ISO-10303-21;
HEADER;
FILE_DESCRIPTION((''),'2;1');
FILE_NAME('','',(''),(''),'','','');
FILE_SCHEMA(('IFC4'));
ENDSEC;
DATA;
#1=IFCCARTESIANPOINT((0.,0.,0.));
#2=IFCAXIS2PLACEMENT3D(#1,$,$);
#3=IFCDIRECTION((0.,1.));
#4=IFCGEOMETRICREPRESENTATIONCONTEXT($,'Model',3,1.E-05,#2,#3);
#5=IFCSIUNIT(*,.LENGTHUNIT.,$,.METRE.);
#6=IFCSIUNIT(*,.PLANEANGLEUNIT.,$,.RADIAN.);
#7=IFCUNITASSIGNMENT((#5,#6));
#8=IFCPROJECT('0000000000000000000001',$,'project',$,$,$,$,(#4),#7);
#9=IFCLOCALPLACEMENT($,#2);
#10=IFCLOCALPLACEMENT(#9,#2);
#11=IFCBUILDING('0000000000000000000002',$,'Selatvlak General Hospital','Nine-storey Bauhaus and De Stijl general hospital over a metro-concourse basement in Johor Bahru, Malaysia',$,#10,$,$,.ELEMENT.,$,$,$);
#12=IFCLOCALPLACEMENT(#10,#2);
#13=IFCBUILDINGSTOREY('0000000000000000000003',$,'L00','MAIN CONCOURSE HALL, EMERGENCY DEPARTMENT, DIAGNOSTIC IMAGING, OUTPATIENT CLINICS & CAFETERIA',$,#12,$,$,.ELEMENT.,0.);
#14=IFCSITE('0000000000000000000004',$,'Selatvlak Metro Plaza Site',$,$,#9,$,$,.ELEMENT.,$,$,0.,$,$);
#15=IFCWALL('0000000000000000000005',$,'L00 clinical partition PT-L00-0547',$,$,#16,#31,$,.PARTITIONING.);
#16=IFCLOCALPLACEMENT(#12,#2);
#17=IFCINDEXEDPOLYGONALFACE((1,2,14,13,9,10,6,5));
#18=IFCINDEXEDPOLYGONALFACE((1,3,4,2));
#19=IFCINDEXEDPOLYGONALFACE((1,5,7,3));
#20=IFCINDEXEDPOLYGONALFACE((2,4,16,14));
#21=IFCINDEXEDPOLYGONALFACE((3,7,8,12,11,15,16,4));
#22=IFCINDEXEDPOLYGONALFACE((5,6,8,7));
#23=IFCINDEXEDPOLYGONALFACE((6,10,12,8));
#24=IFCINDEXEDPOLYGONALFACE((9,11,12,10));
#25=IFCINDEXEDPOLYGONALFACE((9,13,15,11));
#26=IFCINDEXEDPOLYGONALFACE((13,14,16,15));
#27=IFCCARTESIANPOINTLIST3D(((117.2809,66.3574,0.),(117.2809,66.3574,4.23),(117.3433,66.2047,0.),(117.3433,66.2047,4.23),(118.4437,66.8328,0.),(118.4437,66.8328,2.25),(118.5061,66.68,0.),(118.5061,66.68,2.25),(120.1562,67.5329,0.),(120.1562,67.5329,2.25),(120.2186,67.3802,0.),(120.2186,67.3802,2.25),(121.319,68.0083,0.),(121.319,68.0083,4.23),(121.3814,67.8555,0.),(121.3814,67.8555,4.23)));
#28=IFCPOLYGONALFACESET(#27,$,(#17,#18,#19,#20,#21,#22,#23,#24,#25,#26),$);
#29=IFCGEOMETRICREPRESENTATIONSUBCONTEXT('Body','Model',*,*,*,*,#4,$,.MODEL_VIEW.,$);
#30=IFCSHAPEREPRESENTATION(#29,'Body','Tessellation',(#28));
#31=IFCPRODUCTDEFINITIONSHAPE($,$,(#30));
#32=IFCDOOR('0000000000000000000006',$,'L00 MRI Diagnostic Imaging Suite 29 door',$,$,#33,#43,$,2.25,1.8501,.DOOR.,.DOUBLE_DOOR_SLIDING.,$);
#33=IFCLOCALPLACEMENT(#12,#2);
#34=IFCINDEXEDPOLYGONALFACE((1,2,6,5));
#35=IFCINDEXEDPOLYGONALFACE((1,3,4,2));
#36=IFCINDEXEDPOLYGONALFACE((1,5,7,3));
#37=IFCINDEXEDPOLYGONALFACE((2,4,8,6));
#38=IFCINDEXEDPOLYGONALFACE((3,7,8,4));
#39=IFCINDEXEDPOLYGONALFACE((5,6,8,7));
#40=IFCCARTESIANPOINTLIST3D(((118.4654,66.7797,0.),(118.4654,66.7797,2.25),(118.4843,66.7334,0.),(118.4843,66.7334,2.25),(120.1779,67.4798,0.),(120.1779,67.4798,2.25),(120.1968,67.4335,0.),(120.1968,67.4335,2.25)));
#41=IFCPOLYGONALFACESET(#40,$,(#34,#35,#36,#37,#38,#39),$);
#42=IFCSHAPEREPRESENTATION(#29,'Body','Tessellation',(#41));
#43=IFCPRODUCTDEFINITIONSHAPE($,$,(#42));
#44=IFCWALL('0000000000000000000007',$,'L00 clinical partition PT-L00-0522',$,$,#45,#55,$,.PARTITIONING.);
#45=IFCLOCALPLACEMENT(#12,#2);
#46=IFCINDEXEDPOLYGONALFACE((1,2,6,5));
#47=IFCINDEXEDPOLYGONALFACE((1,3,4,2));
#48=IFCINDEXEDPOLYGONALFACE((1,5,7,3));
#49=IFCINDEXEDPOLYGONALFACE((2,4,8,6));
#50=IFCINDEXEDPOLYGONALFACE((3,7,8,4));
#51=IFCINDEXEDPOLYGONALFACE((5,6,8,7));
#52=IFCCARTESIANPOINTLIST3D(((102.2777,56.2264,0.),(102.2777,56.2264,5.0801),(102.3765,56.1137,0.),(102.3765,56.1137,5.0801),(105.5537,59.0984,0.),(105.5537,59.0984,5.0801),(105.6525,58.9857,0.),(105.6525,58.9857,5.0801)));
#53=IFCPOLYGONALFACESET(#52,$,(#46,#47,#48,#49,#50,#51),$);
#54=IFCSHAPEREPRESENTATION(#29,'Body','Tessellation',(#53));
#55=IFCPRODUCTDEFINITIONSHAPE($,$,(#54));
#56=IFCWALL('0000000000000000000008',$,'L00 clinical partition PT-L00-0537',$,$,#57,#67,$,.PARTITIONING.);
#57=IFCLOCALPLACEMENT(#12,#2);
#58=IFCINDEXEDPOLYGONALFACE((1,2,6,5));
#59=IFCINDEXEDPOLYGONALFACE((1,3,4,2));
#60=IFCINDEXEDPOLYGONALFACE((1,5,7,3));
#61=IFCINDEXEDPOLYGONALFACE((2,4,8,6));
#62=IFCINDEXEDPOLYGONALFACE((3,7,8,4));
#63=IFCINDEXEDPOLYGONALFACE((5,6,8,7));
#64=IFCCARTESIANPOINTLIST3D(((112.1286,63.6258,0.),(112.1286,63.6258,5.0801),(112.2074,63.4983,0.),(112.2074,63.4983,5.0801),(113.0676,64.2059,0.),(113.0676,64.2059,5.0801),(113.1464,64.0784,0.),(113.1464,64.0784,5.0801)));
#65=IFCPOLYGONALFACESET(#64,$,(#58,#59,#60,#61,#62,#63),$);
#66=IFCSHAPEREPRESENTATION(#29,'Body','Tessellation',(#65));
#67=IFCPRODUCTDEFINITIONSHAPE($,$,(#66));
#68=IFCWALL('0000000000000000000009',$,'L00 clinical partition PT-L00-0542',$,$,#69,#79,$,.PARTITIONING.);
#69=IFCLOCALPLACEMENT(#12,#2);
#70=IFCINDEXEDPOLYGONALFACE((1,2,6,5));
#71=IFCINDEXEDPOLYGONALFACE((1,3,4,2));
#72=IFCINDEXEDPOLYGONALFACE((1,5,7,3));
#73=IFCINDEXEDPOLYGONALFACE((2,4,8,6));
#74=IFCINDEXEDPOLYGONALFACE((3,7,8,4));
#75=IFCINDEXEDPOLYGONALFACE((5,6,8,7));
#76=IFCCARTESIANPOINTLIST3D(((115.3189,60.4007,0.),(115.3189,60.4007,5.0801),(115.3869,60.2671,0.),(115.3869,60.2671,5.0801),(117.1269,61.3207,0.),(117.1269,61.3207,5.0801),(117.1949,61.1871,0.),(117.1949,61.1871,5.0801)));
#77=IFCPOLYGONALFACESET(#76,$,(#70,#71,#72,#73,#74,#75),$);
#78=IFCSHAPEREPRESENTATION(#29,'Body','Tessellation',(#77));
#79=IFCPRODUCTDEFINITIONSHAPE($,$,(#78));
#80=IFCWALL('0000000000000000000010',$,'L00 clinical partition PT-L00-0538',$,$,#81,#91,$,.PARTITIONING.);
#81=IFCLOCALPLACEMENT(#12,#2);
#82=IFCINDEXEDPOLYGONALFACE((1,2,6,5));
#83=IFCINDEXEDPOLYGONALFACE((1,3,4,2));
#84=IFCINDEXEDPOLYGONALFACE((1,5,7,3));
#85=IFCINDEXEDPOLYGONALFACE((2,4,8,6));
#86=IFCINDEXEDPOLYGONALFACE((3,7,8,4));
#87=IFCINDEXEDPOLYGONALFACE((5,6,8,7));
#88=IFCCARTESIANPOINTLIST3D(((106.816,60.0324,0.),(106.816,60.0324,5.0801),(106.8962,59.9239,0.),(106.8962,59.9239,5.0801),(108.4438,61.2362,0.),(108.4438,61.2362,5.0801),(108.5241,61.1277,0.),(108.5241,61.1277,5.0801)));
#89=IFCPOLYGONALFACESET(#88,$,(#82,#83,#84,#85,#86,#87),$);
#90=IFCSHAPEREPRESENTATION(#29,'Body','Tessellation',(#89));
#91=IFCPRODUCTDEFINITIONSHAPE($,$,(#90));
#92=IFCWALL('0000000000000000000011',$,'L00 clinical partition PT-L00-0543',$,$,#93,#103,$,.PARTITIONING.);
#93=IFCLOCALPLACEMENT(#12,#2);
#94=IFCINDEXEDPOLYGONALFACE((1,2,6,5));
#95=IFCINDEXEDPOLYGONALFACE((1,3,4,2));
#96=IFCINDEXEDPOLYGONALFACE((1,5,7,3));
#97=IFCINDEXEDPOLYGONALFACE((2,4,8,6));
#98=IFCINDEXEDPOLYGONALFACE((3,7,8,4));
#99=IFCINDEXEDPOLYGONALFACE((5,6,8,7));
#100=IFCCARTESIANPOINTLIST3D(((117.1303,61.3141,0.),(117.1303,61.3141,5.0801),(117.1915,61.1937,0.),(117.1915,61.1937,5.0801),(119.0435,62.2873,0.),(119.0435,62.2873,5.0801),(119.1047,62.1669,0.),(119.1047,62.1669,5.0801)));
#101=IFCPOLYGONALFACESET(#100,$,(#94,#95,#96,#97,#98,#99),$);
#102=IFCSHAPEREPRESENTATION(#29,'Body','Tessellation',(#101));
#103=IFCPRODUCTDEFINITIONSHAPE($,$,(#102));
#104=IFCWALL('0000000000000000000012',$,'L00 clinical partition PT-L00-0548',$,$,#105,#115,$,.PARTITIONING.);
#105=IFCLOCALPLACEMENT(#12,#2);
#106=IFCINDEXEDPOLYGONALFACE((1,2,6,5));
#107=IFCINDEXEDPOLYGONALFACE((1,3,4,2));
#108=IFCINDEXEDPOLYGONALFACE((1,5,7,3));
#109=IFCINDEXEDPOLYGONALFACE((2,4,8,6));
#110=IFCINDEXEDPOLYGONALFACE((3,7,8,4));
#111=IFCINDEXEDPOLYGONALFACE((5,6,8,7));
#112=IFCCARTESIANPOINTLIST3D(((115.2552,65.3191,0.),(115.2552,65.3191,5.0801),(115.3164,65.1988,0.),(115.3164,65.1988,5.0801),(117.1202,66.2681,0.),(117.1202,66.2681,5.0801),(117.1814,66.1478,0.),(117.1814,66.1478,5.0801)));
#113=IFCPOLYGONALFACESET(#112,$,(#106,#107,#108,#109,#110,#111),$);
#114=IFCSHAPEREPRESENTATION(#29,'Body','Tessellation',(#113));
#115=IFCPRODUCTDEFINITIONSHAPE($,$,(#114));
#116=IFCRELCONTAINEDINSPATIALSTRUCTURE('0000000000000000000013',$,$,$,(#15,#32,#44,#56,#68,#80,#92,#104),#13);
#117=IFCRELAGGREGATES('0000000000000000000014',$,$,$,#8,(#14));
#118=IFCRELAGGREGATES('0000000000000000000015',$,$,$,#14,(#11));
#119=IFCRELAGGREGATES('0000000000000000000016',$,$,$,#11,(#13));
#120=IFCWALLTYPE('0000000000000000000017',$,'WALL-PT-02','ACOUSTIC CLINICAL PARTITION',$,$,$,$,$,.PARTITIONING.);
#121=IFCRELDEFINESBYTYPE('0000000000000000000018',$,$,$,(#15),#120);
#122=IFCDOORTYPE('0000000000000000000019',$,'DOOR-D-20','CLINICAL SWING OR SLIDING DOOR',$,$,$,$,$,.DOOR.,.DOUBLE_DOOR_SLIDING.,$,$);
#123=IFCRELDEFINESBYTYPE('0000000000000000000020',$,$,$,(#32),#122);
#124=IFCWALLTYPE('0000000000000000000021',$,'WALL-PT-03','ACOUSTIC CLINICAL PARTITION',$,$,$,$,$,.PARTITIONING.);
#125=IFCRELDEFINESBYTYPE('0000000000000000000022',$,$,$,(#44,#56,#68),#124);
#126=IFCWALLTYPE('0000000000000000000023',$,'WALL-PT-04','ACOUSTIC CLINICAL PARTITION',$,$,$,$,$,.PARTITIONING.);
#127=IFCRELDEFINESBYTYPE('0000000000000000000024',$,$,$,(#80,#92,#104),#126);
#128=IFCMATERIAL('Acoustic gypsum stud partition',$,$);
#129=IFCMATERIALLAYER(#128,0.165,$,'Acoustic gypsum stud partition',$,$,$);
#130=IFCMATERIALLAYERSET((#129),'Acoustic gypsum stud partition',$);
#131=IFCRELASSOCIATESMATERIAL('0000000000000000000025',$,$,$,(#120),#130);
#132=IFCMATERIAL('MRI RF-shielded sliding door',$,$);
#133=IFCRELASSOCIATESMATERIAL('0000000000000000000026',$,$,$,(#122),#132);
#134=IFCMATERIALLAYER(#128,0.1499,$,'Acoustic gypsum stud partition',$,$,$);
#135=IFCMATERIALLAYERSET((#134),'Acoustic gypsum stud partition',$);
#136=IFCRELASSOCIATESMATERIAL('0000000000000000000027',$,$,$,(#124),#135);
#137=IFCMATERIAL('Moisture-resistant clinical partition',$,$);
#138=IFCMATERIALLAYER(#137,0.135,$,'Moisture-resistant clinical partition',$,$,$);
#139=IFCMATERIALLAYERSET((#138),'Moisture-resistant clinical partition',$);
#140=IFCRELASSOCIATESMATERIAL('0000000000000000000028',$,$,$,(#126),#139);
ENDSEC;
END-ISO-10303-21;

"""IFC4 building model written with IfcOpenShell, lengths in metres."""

from ifc_helpers import new_model, si_unit, direction, frame, frame_2d, origin, place, context, subcontext, project, spatial, rectangle, extrude, material, layer, layer_set, type_object, element, fill, save


model = new_model("IFC4")

# Units and contexts
model_context = context("Model", 3, precision=1e-05, world=origin(), true_north=direction((0.0, 1.0)))
body_context = subcontext(model_context, "Body", "Model", "MODEL_VIEW")
ifc_project = project(units=[si_unit("LENGTHUNIT", "METRE"), si_unit("PLANEANGLEUNIT", "RADIAN")], contexts=[model_context])

# Site, building, storey
site_placement = place(None, origin())
site = spatial("IfcSite", under=ifc_project, at=site_placement, Name="Selatvlak Metro Plaza Site", CompositionType="ELEMENT", RefElevation=0.0)
building_placement = place(site_placement, origin())
building = spatial("IfcBuilding", under=site, at=building_placement, Name="Selatvlak General Hospital", Description="Nine-storey Bauhaus and De Stijl general hospital over a metro-concourse basement in Johor Bahru, Malaysia", CompositionType="ELEMENT")
storey_placement = place(building_placement, origin())
storey = spatial("IfcBuildingStorey", under=building, at=storey_placement, Name="L00", Description="MAIN CONCOURSE HALL, EMERGENCY DEPARTMENT, DIAGNOSTIC IMAGING, OUTPATIENT CLINICS & CAFETERIA", CompositionType="ELEMENT", Elevation=0.0)

# Shared definitions
ifc_material_1 = material(Name="Acoustic gypsum stud partition")
ifc_layer_1 = layer(ifc_material_1, 0.165, Name="Acoustic gypsum stud partition")
ifc_layer_set_1 = layer_set([ifc_layer_1], Name="Acoustic gypsum stud partition")
wall_type_1 = type_object("IfcWallType", Name="WALL-PT-02", Description="ACOUSTIC CLINICAL PARTITION", PredefinedType="PARTITIONING", material=ifc_layer_set_1)

# Wall, opening, door
wall_1_placement = place(storey_placement, frame((121.3501, 67.9319, 0.0), z_axis=(0.0, 0.0, 1.0), x_axis=(-0.925633, -0.378424, 0.0)))
wall_1 = element("IfcWall", 1, at=wall_1_placement, inside=storey, type_object=wall_type_1, Name="L00 clinical partition PT-L00-0547", PredefinedType="PARTITIONING", context=body_context, shape_type="SweptSolid", body=[
    extrude(rectangle(XDim=4.3625, YDim=0.165, at=frame_2d((2.1812, 0.0))), origin(), (0.0, 0.0, 1.0), 4.23),
])
opening_1_placement = place(wall_1_placement, frame((1.2561, 0.0, 0.0)))
opening_1 = element("IfcOpeningElement", 2, at=opening_1_placement, cuts=wall_1, PredefinedType="OPENING", context=body_context, shape_type="SweptSolid", body=[
    extrude(rectangle(XDim=1.8501, YDim=2.25, at=frame_2d((0.925, 1.125))), frame((0.0, 0.0925, 0.0), z_axis=(0.0, -1.0, 0.0), x_axis=(1.0, 0.0, 0.0)), (0.0, 0.0, 1.0), 0.1851),
])
ifc_material_2 = material(Name="MRI RF-shielded sliding door")
door_type_1 = type_object("IfcDoorType", Name="DOOR-D-20", Description="CLINICAL SWING OR SLIDING DOOR", OperationType="DOUBLE_DOOR_SLIDING", PredefinedType="DOOR", material=ifc_material_2)
door_1_placement = place(opening_1_placement, origin())
door_1 = element("IfcDoor", 3, at=door_1_placement, inside=storey, type_object=door_type_1, Name="L00 MRI Diagnostic Imaging Suite 29 door", OperationType="DOUBLE_DOOR_SLIDING", OverallHeight=2.25, OverallWidth=1.8501, PredefinedType="DOOR", context=body_context, shape_type="SweptSolid", body=[
    extrude(rectangle(XDim=1.8501, YDim=2.25, at=frame_2d((0.925, 1.125))), frame((0.0, 0.0249, 0.0), z_axis=(0.0, -1.0, 0.0), x_axis=(1.0, 0.0, 0.0)), (0.0, 0.0, 1.0), 0.05),
])
fill(opening_1, door_1)

# Walls
ifc_layer_2 = layer(ifc_material_1, 0.1499, Name="Acoustic gypsum stud partition")
ifc_layer_set_2 = layer_set([ifc_layer_2], Name="Acoustic gypsum stud partition")
wall_type_2 = type_object("IfcWallType", Name="WALL-PT-03", Description="ACOUSTIC CLINICAL PARTITION", PredefinedType="PARTITIONING", material=ifc_layer_set_2)
wall_2_placement = place(storey_placement, frame((105.603, 59.042, 0.0), z_axis=(0.0, 0.0, 1.0), x_axis=(-0.751955, -0.659214, 0.0)))
element("IfcWall", 4, at=wall_2_placement, inside=storey, type_object=wall_type_2, Name="L00 clinical partition PT-L00-0522", PredefinedType="PARTITIONING", context=body_context, shape_type="SweptSolid", body=[
    extrude(rectangle(XDim=4.3567, YDim=0.1499, at=frame_2d((2.1782, 0.0))), origin(), (0.0, 0.0, 1.0), 5.0801),
])
wall_3_placement = place(storey_placement, frame((113.1069, 64.1421, 0.0), z_axis=(0.0, 0.0, 1.0), x_axis=(-0.850746, -0.525578, 0.0)))
element("IfcWall", 5, at=wall_3_placement, inside=storey, type_object=wall_type_2, Name="L00 clinical partition PT-L00-0537", PredefinedType="PARTITIONING", context=body_context, shape_type="SweptSolid", body=[
    extrude(rectangle(XDim=1.1038, YDim=0.1499, at=frame_2d((0.5518, 0.0))), origin(), (0.0, 0.0, 1.0), 5.0801),
])
wall_4_placement = place(storey_placement, frame((115.353, 60.334, 0.0), z_axis=(0.0, 0.0, 1.0), x_axis=(0.891252, 0.453509, 0.0)))
element("IfcWall", 6, at=wall_4_placement, inside=storey, type_object=wall_type_2, Name="L00 clinical partition PT-L00-0542", PredefinedType="PARTITIONING", context=body_context, shape_type="SweptSolid", body=[
    extrude(rectangle(XDim=2.0286, YDim=0.1499, at=frame_2d((1.0142, 0.0))), origin(), (0.0, 0.0, 1.0), 5.0801),
])
ifc_material_3 = material(Name="Moisture-resistant clinical partition")
ifc_layer_3 = layer(ifc_material_3, 0.135, Name="Moisture-resistant clinical partition")
ifc_layer_set_3 = layer_set([ifc_layer_3], Name="Moisture-resistant clinical partition")
wall_type_3 = type_object("IfcWallType", Name="WALL-PT-04", Description="ACOUSTIC CLINICAL PARTITION", PredefinedType="PARTITIONING", material=ifc_layer_set_3)
wall_5_placement = place(storey_placement, frame((108.4839, 61.1819, 0.0), z_axis=(0.0, 0.0, 1.0), x_axis=(-0.804033, -0.594584, 0.0)))
element("IfcWall", 7, at=wall_5_placement, inside=storey, type_object=wall_type_3, Name="L00 clinical partition PT-L00-0538", PredefinedType="PARTITIONING", context=body_context, shape_type="SweptSolid", body=[
    extrude(rectangle(XDim=2.0247, YDim=0.135, at=frame_2d((1.0122, 0.0))), origin(), (0.0, 0.0, 1.0), 5.0801),
])
wall_6_placement = place(storey_placement, frame((117.1609, 61.2539, 0.0), z_axis=(0.0, 0.0, 1.0), x_axis=(0.891312, 0.453391, 0.0)))
element("IfcWall", 8, at=wall_6_placement, inside=storey, type_object=wall_type_3, Name="L00 clinical partition PT-L00-0543", PredefinedType="PARTITIONING", context=body_context, shape_type="SweptSolid", body=[
    extrude(rectangle(XDim=2.1465, YDim=0.135, at=frame_2d((1.0732, 0.0))), origin(), (0.0, 0.0, 1.0), 5.0801),
])
wall_7_placement = place(storey_placement, frame((117.1509, 66.208, 0.0), z_axis=(0.0, 0.0, 1.0), x_axis=(-0.891255, -0.453503, 0.0)))
element("IfcWall", 9, at=wall_7_placement, inside=storey, type_object=wall_type_3, Name="L00 clinical partition PT-L00-0548", PredefinedType="PARTITIONING", context=body_context, shape_type="SweptSolid", body=[
    extrude(rectangle(XDim=2.0925, YDim=0.135, at=frame_2d((1.0464, 0.0))), origin(), (0.0, 0.0, 1.0), 5.0801),
])

save(model, "model.ifc")
